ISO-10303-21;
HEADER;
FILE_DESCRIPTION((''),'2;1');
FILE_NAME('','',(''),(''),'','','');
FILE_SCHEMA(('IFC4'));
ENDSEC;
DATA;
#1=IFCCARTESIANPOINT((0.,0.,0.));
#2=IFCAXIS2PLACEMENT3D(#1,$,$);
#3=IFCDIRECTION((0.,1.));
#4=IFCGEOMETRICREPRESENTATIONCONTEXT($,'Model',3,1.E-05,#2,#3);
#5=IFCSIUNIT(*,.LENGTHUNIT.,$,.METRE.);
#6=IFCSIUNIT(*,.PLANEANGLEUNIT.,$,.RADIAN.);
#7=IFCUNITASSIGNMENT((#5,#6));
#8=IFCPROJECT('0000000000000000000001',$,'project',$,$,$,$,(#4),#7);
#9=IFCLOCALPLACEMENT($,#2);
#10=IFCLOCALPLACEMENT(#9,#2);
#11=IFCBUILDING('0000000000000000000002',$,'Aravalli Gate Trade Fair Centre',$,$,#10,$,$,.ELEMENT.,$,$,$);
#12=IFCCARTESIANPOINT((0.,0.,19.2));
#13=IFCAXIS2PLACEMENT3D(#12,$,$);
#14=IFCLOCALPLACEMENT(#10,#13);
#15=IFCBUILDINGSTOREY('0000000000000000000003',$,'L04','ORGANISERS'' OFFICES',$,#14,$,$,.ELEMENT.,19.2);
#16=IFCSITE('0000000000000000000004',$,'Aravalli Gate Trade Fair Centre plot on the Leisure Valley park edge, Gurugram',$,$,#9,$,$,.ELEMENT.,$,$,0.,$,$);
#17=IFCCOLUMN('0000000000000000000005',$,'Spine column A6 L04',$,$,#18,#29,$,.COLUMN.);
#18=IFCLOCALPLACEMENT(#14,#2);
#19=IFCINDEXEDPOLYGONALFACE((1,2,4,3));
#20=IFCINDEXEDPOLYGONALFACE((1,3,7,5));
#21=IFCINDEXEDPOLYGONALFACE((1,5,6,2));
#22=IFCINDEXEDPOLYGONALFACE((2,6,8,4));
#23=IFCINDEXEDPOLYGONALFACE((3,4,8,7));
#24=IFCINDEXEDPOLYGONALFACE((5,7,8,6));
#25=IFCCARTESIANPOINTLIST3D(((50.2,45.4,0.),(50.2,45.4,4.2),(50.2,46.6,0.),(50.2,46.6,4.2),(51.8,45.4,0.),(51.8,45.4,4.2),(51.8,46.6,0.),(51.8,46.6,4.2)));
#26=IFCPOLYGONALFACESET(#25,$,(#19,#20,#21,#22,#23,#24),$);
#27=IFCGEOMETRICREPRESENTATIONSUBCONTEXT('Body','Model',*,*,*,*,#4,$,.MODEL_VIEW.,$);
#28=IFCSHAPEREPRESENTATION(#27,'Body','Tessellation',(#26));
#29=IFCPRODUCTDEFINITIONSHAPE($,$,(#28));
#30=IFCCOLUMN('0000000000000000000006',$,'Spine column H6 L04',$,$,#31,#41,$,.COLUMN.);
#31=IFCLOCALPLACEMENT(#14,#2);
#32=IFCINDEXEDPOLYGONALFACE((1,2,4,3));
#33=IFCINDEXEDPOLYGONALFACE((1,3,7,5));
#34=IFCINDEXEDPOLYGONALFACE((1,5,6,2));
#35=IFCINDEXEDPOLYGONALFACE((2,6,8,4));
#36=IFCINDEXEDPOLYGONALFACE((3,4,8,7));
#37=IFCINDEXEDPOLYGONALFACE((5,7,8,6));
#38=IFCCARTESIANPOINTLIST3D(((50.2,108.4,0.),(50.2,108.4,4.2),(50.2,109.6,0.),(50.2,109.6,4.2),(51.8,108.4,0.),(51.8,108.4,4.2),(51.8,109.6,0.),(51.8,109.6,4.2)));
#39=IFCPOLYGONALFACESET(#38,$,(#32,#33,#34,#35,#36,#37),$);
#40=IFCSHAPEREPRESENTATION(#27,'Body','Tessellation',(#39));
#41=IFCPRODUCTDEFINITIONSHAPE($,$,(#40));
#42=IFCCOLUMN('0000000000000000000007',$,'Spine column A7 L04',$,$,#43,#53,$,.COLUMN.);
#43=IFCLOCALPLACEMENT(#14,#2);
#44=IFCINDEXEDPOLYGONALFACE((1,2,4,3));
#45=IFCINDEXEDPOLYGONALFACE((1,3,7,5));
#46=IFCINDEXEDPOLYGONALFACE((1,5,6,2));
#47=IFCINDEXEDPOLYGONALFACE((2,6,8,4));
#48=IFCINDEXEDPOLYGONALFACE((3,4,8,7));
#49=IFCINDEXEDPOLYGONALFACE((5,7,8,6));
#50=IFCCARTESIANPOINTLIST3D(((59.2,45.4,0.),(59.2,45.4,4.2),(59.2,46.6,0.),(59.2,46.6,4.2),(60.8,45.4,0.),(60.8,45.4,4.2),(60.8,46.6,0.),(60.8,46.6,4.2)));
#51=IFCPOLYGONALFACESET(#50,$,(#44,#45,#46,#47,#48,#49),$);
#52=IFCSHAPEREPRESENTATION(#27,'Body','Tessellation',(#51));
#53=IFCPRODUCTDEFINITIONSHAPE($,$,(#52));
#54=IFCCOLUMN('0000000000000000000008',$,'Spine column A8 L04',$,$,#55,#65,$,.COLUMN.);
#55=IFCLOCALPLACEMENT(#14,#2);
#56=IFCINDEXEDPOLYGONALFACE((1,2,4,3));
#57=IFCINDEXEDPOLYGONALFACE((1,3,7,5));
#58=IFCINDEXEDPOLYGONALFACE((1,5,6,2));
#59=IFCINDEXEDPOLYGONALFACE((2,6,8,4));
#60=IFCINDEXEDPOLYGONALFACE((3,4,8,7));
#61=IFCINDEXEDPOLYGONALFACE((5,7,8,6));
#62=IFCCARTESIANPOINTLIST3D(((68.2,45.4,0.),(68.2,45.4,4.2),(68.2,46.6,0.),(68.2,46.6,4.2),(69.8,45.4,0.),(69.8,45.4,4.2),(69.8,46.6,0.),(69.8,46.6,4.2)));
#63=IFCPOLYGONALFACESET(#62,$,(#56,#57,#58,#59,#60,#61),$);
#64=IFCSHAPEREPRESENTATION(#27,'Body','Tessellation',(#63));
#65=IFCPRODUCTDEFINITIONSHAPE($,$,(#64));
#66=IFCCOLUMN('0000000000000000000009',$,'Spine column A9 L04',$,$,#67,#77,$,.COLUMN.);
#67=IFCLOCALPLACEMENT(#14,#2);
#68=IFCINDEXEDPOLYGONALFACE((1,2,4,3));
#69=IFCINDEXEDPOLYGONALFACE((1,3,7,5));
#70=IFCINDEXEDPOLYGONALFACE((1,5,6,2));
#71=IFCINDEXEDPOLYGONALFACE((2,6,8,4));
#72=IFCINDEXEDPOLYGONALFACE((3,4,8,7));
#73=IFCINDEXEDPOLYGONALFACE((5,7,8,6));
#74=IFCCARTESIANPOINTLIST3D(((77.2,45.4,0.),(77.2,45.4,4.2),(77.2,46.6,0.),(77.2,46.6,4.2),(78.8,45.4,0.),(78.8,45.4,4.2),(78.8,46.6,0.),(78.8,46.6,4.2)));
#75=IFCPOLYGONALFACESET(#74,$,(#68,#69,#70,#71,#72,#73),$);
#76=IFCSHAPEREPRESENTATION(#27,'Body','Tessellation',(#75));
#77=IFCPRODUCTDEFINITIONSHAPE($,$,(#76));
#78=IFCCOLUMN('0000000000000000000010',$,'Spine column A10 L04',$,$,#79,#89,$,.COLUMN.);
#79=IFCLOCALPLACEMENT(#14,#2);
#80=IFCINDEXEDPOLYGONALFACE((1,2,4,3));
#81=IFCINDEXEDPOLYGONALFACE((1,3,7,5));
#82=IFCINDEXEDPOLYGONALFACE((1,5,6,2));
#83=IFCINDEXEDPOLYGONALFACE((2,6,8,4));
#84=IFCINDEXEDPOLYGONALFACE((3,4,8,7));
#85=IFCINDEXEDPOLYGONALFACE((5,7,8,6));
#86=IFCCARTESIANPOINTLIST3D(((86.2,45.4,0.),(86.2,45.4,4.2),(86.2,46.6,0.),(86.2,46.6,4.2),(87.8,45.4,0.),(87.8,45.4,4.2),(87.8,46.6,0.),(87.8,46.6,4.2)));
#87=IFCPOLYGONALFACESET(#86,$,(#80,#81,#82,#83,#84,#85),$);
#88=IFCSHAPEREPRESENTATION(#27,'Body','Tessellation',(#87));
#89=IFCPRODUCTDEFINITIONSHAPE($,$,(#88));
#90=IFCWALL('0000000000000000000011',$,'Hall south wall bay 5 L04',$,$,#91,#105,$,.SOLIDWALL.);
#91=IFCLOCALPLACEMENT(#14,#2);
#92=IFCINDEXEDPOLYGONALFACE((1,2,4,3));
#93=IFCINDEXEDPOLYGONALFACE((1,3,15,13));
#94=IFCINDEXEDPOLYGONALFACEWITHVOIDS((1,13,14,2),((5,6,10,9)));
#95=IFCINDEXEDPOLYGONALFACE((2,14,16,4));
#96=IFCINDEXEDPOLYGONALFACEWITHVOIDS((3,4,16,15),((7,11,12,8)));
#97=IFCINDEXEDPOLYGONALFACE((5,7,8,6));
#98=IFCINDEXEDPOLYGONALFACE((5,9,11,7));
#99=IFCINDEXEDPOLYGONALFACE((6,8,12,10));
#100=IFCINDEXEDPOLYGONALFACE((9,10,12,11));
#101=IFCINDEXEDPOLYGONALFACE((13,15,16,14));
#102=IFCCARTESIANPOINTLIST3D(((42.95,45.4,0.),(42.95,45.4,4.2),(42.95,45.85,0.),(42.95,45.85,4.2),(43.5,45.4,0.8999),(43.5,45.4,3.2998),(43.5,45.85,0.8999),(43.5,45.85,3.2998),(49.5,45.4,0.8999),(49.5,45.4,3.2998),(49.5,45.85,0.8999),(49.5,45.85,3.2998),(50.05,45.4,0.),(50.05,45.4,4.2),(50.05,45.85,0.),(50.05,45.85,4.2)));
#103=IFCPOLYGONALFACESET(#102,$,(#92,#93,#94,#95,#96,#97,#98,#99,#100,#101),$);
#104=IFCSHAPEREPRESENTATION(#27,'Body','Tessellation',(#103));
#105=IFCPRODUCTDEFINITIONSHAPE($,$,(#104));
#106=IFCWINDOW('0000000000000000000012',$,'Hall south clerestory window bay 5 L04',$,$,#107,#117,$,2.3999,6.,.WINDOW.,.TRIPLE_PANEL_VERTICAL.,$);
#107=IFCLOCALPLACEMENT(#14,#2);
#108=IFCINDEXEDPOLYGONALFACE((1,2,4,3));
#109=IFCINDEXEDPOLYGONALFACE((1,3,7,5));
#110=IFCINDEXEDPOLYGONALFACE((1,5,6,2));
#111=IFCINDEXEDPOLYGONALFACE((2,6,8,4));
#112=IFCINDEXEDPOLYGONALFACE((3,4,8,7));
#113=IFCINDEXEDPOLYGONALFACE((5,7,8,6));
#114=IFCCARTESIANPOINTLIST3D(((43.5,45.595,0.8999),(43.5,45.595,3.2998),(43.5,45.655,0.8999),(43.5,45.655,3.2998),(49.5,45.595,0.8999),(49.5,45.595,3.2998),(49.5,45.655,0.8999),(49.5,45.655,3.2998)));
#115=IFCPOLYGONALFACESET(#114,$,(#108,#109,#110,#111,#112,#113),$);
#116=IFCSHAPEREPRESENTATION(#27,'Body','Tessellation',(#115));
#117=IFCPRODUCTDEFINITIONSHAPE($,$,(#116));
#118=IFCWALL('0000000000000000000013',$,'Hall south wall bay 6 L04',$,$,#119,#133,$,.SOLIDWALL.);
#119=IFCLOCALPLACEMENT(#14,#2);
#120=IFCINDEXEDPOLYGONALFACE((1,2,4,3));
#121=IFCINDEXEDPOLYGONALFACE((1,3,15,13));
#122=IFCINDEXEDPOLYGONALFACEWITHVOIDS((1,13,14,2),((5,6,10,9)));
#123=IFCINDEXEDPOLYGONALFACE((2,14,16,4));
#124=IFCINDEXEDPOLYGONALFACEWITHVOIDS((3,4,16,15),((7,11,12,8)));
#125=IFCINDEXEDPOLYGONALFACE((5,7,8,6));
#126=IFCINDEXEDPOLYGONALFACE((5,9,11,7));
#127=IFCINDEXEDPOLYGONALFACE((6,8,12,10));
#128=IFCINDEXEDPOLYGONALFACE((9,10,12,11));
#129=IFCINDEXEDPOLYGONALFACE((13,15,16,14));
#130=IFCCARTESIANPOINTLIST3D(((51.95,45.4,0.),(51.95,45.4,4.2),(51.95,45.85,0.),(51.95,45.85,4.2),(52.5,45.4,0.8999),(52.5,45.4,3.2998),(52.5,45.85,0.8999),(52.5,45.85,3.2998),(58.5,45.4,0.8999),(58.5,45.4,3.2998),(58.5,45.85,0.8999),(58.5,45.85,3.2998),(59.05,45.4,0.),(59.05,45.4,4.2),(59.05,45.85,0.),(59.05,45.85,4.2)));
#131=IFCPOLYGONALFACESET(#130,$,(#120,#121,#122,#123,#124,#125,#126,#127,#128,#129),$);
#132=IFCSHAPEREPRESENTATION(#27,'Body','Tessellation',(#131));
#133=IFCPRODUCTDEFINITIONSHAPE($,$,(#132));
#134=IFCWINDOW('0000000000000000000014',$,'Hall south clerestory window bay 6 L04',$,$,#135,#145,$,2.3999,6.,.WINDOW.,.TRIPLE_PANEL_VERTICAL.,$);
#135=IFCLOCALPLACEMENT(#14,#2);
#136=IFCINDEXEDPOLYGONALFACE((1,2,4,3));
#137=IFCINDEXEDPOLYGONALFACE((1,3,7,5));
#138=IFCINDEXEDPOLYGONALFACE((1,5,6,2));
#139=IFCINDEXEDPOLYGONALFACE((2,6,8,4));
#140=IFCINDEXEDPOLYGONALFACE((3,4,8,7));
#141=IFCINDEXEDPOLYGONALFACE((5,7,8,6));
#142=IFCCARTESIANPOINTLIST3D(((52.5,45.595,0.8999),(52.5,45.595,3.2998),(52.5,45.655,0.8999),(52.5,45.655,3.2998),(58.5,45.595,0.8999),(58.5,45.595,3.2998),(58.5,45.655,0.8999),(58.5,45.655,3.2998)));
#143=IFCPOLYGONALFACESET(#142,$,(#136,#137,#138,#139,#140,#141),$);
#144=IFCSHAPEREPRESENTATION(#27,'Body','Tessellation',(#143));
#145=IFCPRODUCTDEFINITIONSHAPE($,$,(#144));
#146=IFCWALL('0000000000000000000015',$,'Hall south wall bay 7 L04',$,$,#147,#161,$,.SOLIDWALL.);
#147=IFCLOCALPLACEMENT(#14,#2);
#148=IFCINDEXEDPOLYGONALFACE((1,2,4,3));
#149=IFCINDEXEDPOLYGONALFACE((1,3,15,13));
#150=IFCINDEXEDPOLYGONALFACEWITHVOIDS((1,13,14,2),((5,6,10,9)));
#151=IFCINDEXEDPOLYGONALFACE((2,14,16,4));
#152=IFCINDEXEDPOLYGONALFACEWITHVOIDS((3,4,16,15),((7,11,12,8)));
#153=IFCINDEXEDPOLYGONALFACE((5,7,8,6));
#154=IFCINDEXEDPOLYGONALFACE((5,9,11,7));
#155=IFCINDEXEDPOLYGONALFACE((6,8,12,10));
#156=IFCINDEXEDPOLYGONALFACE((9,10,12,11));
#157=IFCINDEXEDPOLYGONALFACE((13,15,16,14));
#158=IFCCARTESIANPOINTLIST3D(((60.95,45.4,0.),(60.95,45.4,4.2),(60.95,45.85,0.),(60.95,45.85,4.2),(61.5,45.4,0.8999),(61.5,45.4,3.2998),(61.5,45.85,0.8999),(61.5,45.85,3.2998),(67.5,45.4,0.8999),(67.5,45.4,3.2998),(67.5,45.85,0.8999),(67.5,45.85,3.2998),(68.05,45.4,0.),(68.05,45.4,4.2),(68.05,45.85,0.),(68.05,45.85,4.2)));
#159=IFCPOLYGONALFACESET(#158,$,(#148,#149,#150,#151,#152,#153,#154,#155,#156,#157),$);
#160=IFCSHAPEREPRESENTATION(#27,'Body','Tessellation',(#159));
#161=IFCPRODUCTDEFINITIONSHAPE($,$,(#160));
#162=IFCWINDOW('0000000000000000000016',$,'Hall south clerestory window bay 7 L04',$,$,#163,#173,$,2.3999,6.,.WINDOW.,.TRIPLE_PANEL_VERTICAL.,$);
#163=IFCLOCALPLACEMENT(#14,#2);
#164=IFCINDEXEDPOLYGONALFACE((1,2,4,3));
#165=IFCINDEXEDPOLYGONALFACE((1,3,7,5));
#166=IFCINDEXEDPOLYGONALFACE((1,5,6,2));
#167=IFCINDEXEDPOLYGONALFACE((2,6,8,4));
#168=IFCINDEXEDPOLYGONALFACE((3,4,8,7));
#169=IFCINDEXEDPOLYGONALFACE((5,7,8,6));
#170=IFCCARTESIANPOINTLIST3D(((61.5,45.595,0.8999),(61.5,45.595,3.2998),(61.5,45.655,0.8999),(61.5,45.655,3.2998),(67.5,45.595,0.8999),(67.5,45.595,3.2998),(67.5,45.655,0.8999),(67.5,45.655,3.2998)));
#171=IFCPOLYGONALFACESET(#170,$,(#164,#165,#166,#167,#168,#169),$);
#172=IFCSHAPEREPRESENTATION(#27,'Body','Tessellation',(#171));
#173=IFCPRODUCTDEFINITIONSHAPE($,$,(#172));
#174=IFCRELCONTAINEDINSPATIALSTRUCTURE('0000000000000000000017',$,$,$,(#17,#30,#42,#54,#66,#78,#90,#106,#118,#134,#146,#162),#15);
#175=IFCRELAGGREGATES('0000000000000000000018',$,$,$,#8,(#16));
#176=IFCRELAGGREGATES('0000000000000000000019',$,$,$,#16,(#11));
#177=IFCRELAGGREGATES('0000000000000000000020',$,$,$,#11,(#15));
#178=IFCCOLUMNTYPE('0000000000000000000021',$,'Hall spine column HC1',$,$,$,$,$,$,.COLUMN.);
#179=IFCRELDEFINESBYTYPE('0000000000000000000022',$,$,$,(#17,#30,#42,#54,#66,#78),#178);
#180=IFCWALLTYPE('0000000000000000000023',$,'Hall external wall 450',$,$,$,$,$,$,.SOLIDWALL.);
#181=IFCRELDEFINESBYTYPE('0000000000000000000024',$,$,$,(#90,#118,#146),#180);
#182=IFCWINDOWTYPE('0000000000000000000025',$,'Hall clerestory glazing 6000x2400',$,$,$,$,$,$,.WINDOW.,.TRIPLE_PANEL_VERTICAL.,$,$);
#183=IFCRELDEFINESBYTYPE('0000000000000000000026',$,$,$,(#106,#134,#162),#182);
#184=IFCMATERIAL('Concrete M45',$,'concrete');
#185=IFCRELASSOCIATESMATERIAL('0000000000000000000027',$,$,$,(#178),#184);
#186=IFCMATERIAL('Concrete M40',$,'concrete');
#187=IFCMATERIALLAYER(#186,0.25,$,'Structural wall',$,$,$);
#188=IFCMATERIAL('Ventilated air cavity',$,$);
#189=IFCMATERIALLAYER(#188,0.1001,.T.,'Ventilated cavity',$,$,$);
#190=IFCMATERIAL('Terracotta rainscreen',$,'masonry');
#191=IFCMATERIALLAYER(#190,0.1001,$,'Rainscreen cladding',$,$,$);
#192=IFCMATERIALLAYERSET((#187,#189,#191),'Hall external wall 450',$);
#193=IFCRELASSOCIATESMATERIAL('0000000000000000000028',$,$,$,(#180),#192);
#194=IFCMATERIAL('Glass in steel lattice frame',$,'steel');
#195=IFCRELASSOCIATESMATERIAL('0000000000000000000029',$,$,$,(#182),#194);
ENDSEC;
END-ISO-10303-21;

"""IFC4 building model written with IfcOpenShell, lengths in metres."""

from ifc_helpers import new_model, si_unit, direction, frame, frame_2d, origin, origin_2d, place, context, subcontext, project, spatial, rectangle, extrude, material, layer, layer_set, material_profile, profile_set, type_object, element, fill, save


model = new_model("IFC4")

# Units and contexts
model_context = context("Model", 3, precision=1e-05, world=origin(), true_north=direction((0.0, 1.0)))
body_context = subcontext(model_context, "Body", "Model", "MODEL_VIEW")
ifc_project = project(units=[si_unit("LENGTHUNIT", "METRE"), si_unit("PLANEANGLEUNIT", "RADIAN")], contexts=[model_context])

# Site, building, storey
site_placement = place(None, origin())
site = spatial("IfcSite", under=ifc_project, at=site_placement, Name="Aravalli Gate Trade Fair Centre plot on the Leisure Valley park edge, Gurugram", CompositionType="ELEMENT", RefElevation=0.0)
building_placement = place(site_placement, origin())
building = spatial("IfcBuilding", under=site, at=building_placement, Name="Aravalli Gate Trade Fair Centre", CompositionType="ELEMENT")
storey_placement = place(building_placement, frame((0.0, 0.0, 19.2)))
storey = spatial("IfcBuildingStorey", under=building, at=storey_placement, Name="L04", Description="ORGANISERS' OFFICES", CompositionType="ELEMENT", Elevation=19.2)

# Columns
ifc_material_1 = material(Name="Concrete M45", Category="concrete")
ifc_material_profile = material_profile(ifc_material_1, rectangle(XDim=1.6001, YDim=1.2, at=origin_2d()), Name="RC 1600x1200")
ifc_profile_set = profile_set([ifc_material_profile], Name="Concrete M45")
column_type = type_object("IfcColumnType", Name="Hall spine column HC1", PredefinedType="COLUMN", material=ifc_profile_set)
for number, where, z_axis, x_axis, name in (
    (1, (51.0, 46.0, 0.0), (0.0, 0.0, 1.0), (1.0, 0.0, 0.0), "Spine column A6 L04"),
    (2, (51.0, 109.0, 0.0), (0.0, 0.0, 1.0), (1.0, 0.0, 0.0), "Spine column H6 L04"),
    (3, (60.0, 46.0, 0.0), (0.0, 0.0, 1.0), (1.0, 0.0, 0.0), "Spine column A7 L04"),
    (4, (69.0, 46.0, 0.0), (0.0, 0.0, 1.0), (1.0, 0.0, 0.0), "Spine column A8 L04"),
    (5, (78.0, 46.0, 0.0), (0.0, 0.0, 1.0), (1.0, 0.0, 0.0), "Spine column A9 L04"),
    (6, (87.0, 46.0, 0.0), (0.0, 0.0, 1.0), (1.0, 0.0, 0.0), "Spine column A10 L04"),
):
    element("IfcColumn", number, at=place(storey_placement, frame(where, z_axis=z_axis, x_axis=x_axis)), inside=storey, type_object=column_type, Name=name, PredefinedType="COLUMN", context=body_context, shape_type="SweptSolid", body=[
        extrude(rectangle(XDim=1.6001, YDim=1.2, at=origin_2d()), origin(), (0.0, 0.0, 1.0), 4.2),
    ])

# Walls, openings, windows
ifc_material_2 = material(Name="Concrete M40", Category="concrete")
ifc_layer_1 = layer(ifc_material_2, 0.25, Name="Structural wall")
ifc_material_3 = material(Name="Ventilated air cavity")
ifc_layer_2 = layer(ifc_material_3, 0.1001, ventilated=True, Name="Ventilated cavity")
ifc_material_4 = material(Name="Terracotta rainscreen", Category="masonry")
ifc_layer_3 = layer(ifc_material_4, 0.1001, Name="Rainscreen cladding")
ifc_layer_set = layer_set([ifc_layer_1, ifc_layer_2, ifc_layer_3], Name="Hall external wall 450")
wall_type = type_object("IfcWallType", Name="Hall external wall 450", PredefinedType="SOLIDWALL", material=ifc_layer_set)
wall_1_placement = place(storey_placement, frame((42.95, 45.625, 0.0), z_axis=(0.0, 0.0, 1.0), x_axis=(1.0, 0.0, 0.0)))
wall_1 = element("IfcWall", 7, at=wall_1_placement, inside=storey, type_object=wall_type, Name="Hall south wall bay 5 L04", PredefinedType="SOLIDWALL", context=body_context, shape_type="SweptSolid", body=[
    extrude(rectangle(XDim=7.1001, YDim=0.45, at=frame_2d((3.55, 0.0))), origin(), (0.0, 0.0, 1.0), 4.2),
])
opening_1_placement = place(wall_1_placement, frame((0.55, 0.0, 0.8999)))
opening_1 = element("IfcOpeningElement", 8, at=opening_1_placement, cuts=wall_1, PredefinedType="OPENING", context=body_context, shape_type="SweptSolid", body=[
    extrude(rectangle(XDim=6.0, YDim=2.3999, at=frame_2d((3.0, 1.2))), frame((0.0, 0.2349, 0.0), z_axis=(0.0, -1.0, 0.0), x_axis=(1.0, 0.0, 0.0)), (0.0, 0.0, 1.0), 0.47),
])
ifc_material_5 = material(Name="Glass in steel lattice frame", Category="steel")
window_type = type_object("IfcWindowType", Name="Hall clerestory glazing 6000x2400", PartitioningType="TRIPLE_PANEL_VERTICAL", PredefinedType="WINDOW", material=ifc_material_5)
window_1_placement = place(opening_1_placement, origin())
window_1 = element("IfcWindow", 9, at=window_1_placement, inside=storey, type_object=window_type, Name="Hall south clerestory window bay 5 L04", OverallHeight=2.3999, OverallWidth=6.0, PartitioningType="TRIPLE_PANEL_VERTICAL", PredefinedType="WINDOW", context=body_context, shape_type="SweptSolid", body=[
    extrude(rectangle(XDim=6.0, YDim=2.3999, at=frame_2d((3.0, 1.2))), frame((0.0, 0.03, 0.0), z_axis=(0.0, -1.0, 0.0), x_axis=(1.0, 0.0, 0.0)), (0.0, 0.0, 1.0), 0.0601),
])
fill(opening_1, window_1)
wall_2_placement = place(storey_placement, frame((51.95, 45.625, 0.0), z_axis=(0.0, 0.0, 1.0), x_axis=(1.0, 0.0, 0.0)))
wall_2 = element("IfcWall", 10, at=wall_2_placement, inside=storey, type_object=wall_type, Name="Hall south wall bay 6 L04", PredefinedType="SOLIDWALL", context=body_context, shape_type="SweptSolid", body=[
    extrude(rectangle(XDim=7.1001, YDim=0.45, at=frame_2d((3.55, 0.0))), origin(), (0.0, 0.0, 1.0), 4.2),
])
opening_2_placement = place(wall_2_placement, frame((0.55, 0.0, 0.8999)))
opening_2 = element("IfcOpeningElement", 11, at=opening_2_placement, cuts=wall_2, PredefinedType="OPENING", context=body_context, shape_type="SweptSolid", body=[
    extrude(rectangle(XDim=6.0, YDim=2.3999, at=frame_2d((3.0, 1.2))), frame((0.0, 0.2349, 0.0), z_axis=(0.0, -1.0, 0.0), x_axis=(1.0, 0.0, 0.0)), (0.0, 0.0, 1.0), 0.47),
])
window_2_placement = place(opening_2_placement, origin())
window_2 = element("IfcWindow", 12, at=window_2_placement, inside=storey, type_object=window_type, Name="Hall south clerestory window bay 6 L04", OverallHeight=2.3999, OverallWidth=6.0, PartitioningType="TRIPLE_PANEL_VERTICAL", PredefinedType="WINDOW", context=body_context, shape_type="SweptSolid", body=[
    extrude(rectangle(XDim=6.0, YDim=2.3999, at=frame_2d((3.0, 1.2))), frame((0.0, 0.03, 0.0), z_axis=(0.0, -1.0, 0.0), x_axis=(1.0, 0.0, 0.0)), (0.0, 0.0, 1.0), 0.0601),
])
fill(opening_2, window_2)
wall_3_placement = place(storey_placement, frame((60.95, 45.625, 0.0), z_axis=(0.0, 0.0, 1.0), x_axis=(1.0, 0.0, 0.0)))
wall_3 = element("IfcWall", 13, at=wall_3_placement, inside=storey, type_object=wall_type, Name="Hall south wall bay 7 L04", PredefinedType="SOLIDWALL", context=body_context, shape_type="SweptSolid", body=[
    extrude(rectangle(XDim=7.1001, YDim=0.45, at=frame_2d((3.55, 0.0))), origin(), (0.0, 0.0, 1.0), 4.2),
])
opening_3_placement = place(wall_3_placement, frame((0.55, 0.0, 0.8999)))
opening_3 = element("IfcOpeningElement", 14, at=opening_3_placement, cuts=wall_3, PredefinedType="OPENING", context=body_context, shape_type="SweptSolid", body=[
    extrude(rectangle(XDim=6.0, YDim=2.3999, at=frame_2d((3.0, 1.2))), frame((0.0, 0.2349, 0.0), z_axis=(0.0, -1.0, 0.0), x_axis=(1.0, 0.0, 0.0)), (0.0, 0.0, 1.0), 0.47),
])
window_3_placement = place(opening_3_placement, origin())
window_3 = element("IfcWindow", 15, at=window_3_placement, inside=storey, type_object=window_type, Name="Hall south clerestory window bay 7 L04", OverallHeight=2.3999, OverallWidth=6.0, PartitioningType="TRIPLE_PANEL_VERTICAL", PredefinedType="WINDOW", context=body_context, shape_type="SweptSolid", body=[
    extrude(rectangle(XDim=6.0, YDim=2.3999, at=frame_2d((3.0, 1.2))), frame((0.0, 0.03, 0.0), z_axis=(0.0, -1.0, 0.0), x_axis=(1.0, 0.0, 0.0)), (0.0, 0.0, 1.0), 0.0601),
])
fill(opening_3, window_3)

save(model, "model.ifc")
